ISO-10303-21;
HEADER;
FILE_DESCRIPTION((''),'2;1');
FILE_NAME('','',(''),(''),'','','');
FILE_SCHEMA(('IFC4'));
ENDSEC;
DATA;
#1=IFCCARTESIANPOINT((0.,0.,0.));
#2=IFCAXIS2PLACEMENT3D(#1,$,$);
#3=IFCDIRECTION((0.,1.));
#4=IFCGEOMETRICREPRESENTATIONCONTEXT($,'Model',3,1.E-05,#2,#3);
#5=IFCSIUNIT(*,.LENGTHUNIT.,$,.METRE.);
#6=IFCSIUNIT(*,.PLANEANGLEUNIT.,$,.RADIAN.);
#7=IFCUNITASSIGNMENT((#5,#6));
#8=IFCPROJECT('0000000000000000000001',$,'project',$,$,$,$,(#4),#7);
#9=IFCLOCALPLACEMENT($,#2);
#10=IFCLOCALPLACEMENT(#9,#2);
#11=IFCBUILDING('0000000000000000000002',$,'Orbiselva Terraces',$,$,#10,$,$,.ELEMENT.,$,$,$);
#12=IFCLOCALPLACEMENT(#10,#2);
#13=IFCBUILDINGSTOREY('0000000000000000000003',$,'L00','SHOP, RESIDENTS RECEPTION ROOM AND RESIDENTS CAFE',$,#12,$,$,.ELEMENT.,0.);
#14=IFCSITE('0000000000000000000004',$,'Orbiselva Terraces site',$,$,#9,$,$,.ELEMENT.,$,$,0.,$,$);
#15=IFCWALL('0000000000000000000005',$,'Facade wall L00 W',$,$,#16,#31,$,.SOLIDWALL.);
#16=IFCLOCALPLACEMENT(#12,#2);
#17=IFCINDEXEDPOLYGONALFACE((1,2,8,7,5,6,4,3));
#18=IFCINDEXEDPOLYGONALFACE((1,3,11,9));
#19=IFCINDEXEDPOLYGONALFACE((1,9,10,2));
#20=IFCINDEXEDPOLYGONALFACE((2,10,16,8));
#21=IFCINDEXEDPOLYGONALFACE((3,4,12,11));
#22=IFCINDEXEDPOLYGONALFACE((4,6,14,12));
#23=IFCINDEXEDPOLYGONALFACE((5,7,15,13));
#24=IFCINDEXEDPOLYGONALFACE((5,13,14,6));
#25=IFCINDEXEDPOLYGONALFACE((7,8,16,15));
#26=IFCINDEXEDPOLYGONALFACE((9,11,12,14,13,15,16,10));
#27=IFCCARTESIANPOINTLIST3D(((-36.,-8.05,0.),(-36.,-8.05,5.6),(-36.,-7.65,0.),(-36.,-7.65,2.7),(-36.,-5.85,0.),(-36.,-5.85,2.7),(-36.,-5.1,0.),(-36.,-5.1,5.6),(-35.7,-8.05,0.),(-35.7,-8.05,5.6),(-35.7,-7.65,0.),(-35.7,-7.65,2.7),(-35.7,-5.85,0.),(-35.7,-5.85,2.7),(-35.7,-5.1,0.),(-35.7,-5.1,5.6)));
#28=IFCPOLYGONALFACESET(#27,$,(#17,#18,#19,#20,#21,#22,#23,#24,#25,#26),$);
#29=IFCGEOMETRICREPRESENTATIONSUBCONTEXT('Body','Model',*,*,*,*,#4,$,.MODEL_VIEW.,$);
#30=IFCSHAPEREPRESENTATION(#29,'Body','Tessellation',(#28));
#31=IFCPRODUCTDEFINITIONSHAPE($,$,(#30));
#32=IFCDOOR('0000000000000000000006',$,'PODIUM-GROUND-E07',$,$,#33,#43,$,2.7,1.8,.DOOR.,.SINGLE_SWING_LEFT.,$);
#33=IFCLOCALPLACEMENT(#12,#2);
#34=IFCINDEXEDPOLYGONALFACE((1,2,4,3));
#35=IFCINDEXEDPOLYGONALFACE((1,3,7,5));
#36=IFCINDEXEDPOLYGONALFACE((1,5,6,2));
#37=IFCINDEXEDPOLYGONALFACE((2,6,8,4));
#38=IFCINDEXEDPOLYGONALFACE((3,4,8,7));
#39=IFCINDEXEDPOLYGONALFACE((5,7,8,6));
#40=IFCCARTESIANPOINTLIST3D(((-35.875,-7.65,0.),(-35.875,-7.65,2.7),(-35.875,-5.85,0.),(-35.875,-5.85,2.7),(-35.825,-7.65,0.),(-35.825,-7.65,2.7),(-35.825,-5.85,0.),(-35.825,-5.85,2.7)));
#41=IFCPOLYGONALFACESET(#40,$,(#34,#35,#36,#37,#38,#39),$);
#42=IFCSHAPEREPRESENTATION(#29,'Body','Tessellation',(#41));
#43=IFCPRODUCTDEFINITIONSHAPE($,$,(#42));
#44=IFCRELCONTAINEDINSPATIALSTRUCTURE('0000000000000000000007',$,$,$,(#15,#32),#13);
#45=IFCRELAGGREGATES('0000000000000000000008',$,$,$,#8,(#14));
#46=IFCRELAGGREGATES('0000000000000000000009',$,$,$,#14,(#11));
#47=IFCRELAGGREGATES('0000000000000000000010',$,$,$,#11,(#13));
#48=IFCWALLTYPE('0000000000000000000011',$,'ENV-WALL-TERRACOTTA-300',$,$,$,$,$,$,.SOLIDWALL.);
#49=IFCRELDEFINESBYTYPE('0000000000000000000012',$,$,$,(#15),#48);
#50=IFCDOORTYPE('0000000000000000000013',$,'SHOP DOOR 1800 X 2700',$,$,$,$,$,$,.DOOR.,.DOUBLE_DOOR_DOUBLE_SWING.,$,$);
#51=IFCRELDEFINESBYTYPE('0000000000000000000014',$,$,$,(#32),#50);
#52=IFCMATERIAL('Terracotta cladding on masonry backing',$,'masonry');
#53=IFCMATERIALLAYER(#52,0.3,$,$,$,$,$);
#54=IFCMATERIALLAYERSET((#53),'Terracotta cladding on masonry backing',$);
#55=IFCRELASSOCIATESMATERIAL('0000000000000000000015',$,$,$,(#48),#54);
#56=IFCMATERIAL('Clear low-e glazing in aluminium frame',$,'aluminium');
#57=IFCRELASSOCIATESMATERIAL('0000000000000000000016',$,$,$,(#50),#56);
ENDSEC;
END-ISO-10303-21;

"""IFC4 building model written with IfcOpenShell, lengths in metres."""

from ifc_helpers import new_model, si_unit, direction, frame, frame_2d, origin, place, context, subcontext, project, spatial, rectangle, extrude, material, layer, layer_set, type_object, element, fill, save


model = new_model("IFC4")

# Units and contexts
model_context = context("Model", 3, precision=1e-05, world=origin(), true_north=direction((0.0, 1.0)))
body_context = subcontext(model_context, "Body", "Model", "MODEL_VIEW")
ifc_project = project(units=[si_unit("LENGTHUNIT", "METRE"), si_unit("PLANEANGLEUNIT", "RADIAN")], contexts=[model_context])

# Site, building, storey
site_placement = place(None, origin())
site = spatial("IfcSite", under=ifc_project, at=site_placement, Name="Orbiselva Terraces site", CompositionType="ELEMENT", RefElevation=0.0)
building_placement = place(site_placement, origin())
building = spatial("IfcBuilding", under=site, at=building_placement, Name="Orbiselva Terraces", CompositionType="ELEMENT")
storey_placement = place(building_placement, origin())
storey = spatial("IfcBuildingStorey", under=building, at=storey_placement, Name="L00", Description="SHOP, RESIDENTS RECEPTION ROOM AND RESIDENTS CAFE", CompositionType="ELEMENT", Elevation=0.0)

# Shared definitions
ifc_material_1 = material(Name="Clear low-e glazing in aluminium frame", Category="aluminium")

# Wall, opening, door
ifc_material_2 = material(Name="Terracotta cladding on masonry backing", Category="masonry")
ifc_layer_1 = layer(ifc_material_2, 0.3)
ifc_layer_set_1 = layer_set([ifc_layer_1], Name="Terracotta cladding on masonry backing")
wall_type = type_object("IfcWallType", Name="ENV-WALL-TERRACOTTA-300", PredefinedType="SOLIDWALL", material=ifc_layer_set_1)
wall_placement = place(storey_placement, frame((-35.85, -8.05, 0.0), z_axis=(0.0, 0.0, 1.0), x_axis=(0.0, 1.0, 0.0)))
wall = element("IfcWall", 1, at=wall_placement, inside=storey, type_object=wall_type, Name="Facade wall L00 W", PredefinedType="SOLIDWALL", context=body_context, shape_type="SweptSolid", body=[
    extrude(rectangle(XDim=2.95, YDim=0.3, at=frame_2d((1.475, 0.0))), origin(), (0.0, 0.0, 1.0), 5.6),
])
opening_placement = place(wall_placement, frame((0.4, 0.0, 0.0)))
opening = element("IfcOpeningElement", 2, at=opening_placement, cuts=wall, PredefinedType="OPENING", context=body_context, shape_type="SweptSolid", body=[
    extrude(rectangle(XDim=1.8, YDim=2.7, at=frame_2d((0.9, 1.35))), frame((0.0, 0.16, 0.0), z_axis=(0.0, -1.0, 0.0), x_axis=(1.0, 0.0, 0.0)), (0.0, 0.0, 1.0), 0.32),
])
door_type = type_object("IfcDoorType", Name="SHOP DOOR 1800 X 2700", OperationType="DOUBLE_DOOR_DOUBLE_SWING", PredefinedType="DOOR", material=ifc_material_1)
door_placement = place(opening_placement, origin())
door = element("IfcDoor", 3, at=door_placement, inside=storey, type_object=door_type, Name="PODIUM-GROUND-E07", OperationType="SINGLE_SWING_LEFT", OverallHeight=2.7, OverallWidth=1.8, PredefinedType="DOOR", context=body_context, shape_type="SweptSolid", body=[
    extrude(rectangle(XDim=1.8, YDim=2.7, at=frame_2d((0.9, 1.35))), frame((0.0, 0.025, 0.0), z_axis=(0.0, -1.0, 0.0), x_axis=(1.0, 0.0, 0.0)), (0.0, 0.0, 1.0), 0.05),
])
fill(opening, door)

save(model, "model.ifc")
